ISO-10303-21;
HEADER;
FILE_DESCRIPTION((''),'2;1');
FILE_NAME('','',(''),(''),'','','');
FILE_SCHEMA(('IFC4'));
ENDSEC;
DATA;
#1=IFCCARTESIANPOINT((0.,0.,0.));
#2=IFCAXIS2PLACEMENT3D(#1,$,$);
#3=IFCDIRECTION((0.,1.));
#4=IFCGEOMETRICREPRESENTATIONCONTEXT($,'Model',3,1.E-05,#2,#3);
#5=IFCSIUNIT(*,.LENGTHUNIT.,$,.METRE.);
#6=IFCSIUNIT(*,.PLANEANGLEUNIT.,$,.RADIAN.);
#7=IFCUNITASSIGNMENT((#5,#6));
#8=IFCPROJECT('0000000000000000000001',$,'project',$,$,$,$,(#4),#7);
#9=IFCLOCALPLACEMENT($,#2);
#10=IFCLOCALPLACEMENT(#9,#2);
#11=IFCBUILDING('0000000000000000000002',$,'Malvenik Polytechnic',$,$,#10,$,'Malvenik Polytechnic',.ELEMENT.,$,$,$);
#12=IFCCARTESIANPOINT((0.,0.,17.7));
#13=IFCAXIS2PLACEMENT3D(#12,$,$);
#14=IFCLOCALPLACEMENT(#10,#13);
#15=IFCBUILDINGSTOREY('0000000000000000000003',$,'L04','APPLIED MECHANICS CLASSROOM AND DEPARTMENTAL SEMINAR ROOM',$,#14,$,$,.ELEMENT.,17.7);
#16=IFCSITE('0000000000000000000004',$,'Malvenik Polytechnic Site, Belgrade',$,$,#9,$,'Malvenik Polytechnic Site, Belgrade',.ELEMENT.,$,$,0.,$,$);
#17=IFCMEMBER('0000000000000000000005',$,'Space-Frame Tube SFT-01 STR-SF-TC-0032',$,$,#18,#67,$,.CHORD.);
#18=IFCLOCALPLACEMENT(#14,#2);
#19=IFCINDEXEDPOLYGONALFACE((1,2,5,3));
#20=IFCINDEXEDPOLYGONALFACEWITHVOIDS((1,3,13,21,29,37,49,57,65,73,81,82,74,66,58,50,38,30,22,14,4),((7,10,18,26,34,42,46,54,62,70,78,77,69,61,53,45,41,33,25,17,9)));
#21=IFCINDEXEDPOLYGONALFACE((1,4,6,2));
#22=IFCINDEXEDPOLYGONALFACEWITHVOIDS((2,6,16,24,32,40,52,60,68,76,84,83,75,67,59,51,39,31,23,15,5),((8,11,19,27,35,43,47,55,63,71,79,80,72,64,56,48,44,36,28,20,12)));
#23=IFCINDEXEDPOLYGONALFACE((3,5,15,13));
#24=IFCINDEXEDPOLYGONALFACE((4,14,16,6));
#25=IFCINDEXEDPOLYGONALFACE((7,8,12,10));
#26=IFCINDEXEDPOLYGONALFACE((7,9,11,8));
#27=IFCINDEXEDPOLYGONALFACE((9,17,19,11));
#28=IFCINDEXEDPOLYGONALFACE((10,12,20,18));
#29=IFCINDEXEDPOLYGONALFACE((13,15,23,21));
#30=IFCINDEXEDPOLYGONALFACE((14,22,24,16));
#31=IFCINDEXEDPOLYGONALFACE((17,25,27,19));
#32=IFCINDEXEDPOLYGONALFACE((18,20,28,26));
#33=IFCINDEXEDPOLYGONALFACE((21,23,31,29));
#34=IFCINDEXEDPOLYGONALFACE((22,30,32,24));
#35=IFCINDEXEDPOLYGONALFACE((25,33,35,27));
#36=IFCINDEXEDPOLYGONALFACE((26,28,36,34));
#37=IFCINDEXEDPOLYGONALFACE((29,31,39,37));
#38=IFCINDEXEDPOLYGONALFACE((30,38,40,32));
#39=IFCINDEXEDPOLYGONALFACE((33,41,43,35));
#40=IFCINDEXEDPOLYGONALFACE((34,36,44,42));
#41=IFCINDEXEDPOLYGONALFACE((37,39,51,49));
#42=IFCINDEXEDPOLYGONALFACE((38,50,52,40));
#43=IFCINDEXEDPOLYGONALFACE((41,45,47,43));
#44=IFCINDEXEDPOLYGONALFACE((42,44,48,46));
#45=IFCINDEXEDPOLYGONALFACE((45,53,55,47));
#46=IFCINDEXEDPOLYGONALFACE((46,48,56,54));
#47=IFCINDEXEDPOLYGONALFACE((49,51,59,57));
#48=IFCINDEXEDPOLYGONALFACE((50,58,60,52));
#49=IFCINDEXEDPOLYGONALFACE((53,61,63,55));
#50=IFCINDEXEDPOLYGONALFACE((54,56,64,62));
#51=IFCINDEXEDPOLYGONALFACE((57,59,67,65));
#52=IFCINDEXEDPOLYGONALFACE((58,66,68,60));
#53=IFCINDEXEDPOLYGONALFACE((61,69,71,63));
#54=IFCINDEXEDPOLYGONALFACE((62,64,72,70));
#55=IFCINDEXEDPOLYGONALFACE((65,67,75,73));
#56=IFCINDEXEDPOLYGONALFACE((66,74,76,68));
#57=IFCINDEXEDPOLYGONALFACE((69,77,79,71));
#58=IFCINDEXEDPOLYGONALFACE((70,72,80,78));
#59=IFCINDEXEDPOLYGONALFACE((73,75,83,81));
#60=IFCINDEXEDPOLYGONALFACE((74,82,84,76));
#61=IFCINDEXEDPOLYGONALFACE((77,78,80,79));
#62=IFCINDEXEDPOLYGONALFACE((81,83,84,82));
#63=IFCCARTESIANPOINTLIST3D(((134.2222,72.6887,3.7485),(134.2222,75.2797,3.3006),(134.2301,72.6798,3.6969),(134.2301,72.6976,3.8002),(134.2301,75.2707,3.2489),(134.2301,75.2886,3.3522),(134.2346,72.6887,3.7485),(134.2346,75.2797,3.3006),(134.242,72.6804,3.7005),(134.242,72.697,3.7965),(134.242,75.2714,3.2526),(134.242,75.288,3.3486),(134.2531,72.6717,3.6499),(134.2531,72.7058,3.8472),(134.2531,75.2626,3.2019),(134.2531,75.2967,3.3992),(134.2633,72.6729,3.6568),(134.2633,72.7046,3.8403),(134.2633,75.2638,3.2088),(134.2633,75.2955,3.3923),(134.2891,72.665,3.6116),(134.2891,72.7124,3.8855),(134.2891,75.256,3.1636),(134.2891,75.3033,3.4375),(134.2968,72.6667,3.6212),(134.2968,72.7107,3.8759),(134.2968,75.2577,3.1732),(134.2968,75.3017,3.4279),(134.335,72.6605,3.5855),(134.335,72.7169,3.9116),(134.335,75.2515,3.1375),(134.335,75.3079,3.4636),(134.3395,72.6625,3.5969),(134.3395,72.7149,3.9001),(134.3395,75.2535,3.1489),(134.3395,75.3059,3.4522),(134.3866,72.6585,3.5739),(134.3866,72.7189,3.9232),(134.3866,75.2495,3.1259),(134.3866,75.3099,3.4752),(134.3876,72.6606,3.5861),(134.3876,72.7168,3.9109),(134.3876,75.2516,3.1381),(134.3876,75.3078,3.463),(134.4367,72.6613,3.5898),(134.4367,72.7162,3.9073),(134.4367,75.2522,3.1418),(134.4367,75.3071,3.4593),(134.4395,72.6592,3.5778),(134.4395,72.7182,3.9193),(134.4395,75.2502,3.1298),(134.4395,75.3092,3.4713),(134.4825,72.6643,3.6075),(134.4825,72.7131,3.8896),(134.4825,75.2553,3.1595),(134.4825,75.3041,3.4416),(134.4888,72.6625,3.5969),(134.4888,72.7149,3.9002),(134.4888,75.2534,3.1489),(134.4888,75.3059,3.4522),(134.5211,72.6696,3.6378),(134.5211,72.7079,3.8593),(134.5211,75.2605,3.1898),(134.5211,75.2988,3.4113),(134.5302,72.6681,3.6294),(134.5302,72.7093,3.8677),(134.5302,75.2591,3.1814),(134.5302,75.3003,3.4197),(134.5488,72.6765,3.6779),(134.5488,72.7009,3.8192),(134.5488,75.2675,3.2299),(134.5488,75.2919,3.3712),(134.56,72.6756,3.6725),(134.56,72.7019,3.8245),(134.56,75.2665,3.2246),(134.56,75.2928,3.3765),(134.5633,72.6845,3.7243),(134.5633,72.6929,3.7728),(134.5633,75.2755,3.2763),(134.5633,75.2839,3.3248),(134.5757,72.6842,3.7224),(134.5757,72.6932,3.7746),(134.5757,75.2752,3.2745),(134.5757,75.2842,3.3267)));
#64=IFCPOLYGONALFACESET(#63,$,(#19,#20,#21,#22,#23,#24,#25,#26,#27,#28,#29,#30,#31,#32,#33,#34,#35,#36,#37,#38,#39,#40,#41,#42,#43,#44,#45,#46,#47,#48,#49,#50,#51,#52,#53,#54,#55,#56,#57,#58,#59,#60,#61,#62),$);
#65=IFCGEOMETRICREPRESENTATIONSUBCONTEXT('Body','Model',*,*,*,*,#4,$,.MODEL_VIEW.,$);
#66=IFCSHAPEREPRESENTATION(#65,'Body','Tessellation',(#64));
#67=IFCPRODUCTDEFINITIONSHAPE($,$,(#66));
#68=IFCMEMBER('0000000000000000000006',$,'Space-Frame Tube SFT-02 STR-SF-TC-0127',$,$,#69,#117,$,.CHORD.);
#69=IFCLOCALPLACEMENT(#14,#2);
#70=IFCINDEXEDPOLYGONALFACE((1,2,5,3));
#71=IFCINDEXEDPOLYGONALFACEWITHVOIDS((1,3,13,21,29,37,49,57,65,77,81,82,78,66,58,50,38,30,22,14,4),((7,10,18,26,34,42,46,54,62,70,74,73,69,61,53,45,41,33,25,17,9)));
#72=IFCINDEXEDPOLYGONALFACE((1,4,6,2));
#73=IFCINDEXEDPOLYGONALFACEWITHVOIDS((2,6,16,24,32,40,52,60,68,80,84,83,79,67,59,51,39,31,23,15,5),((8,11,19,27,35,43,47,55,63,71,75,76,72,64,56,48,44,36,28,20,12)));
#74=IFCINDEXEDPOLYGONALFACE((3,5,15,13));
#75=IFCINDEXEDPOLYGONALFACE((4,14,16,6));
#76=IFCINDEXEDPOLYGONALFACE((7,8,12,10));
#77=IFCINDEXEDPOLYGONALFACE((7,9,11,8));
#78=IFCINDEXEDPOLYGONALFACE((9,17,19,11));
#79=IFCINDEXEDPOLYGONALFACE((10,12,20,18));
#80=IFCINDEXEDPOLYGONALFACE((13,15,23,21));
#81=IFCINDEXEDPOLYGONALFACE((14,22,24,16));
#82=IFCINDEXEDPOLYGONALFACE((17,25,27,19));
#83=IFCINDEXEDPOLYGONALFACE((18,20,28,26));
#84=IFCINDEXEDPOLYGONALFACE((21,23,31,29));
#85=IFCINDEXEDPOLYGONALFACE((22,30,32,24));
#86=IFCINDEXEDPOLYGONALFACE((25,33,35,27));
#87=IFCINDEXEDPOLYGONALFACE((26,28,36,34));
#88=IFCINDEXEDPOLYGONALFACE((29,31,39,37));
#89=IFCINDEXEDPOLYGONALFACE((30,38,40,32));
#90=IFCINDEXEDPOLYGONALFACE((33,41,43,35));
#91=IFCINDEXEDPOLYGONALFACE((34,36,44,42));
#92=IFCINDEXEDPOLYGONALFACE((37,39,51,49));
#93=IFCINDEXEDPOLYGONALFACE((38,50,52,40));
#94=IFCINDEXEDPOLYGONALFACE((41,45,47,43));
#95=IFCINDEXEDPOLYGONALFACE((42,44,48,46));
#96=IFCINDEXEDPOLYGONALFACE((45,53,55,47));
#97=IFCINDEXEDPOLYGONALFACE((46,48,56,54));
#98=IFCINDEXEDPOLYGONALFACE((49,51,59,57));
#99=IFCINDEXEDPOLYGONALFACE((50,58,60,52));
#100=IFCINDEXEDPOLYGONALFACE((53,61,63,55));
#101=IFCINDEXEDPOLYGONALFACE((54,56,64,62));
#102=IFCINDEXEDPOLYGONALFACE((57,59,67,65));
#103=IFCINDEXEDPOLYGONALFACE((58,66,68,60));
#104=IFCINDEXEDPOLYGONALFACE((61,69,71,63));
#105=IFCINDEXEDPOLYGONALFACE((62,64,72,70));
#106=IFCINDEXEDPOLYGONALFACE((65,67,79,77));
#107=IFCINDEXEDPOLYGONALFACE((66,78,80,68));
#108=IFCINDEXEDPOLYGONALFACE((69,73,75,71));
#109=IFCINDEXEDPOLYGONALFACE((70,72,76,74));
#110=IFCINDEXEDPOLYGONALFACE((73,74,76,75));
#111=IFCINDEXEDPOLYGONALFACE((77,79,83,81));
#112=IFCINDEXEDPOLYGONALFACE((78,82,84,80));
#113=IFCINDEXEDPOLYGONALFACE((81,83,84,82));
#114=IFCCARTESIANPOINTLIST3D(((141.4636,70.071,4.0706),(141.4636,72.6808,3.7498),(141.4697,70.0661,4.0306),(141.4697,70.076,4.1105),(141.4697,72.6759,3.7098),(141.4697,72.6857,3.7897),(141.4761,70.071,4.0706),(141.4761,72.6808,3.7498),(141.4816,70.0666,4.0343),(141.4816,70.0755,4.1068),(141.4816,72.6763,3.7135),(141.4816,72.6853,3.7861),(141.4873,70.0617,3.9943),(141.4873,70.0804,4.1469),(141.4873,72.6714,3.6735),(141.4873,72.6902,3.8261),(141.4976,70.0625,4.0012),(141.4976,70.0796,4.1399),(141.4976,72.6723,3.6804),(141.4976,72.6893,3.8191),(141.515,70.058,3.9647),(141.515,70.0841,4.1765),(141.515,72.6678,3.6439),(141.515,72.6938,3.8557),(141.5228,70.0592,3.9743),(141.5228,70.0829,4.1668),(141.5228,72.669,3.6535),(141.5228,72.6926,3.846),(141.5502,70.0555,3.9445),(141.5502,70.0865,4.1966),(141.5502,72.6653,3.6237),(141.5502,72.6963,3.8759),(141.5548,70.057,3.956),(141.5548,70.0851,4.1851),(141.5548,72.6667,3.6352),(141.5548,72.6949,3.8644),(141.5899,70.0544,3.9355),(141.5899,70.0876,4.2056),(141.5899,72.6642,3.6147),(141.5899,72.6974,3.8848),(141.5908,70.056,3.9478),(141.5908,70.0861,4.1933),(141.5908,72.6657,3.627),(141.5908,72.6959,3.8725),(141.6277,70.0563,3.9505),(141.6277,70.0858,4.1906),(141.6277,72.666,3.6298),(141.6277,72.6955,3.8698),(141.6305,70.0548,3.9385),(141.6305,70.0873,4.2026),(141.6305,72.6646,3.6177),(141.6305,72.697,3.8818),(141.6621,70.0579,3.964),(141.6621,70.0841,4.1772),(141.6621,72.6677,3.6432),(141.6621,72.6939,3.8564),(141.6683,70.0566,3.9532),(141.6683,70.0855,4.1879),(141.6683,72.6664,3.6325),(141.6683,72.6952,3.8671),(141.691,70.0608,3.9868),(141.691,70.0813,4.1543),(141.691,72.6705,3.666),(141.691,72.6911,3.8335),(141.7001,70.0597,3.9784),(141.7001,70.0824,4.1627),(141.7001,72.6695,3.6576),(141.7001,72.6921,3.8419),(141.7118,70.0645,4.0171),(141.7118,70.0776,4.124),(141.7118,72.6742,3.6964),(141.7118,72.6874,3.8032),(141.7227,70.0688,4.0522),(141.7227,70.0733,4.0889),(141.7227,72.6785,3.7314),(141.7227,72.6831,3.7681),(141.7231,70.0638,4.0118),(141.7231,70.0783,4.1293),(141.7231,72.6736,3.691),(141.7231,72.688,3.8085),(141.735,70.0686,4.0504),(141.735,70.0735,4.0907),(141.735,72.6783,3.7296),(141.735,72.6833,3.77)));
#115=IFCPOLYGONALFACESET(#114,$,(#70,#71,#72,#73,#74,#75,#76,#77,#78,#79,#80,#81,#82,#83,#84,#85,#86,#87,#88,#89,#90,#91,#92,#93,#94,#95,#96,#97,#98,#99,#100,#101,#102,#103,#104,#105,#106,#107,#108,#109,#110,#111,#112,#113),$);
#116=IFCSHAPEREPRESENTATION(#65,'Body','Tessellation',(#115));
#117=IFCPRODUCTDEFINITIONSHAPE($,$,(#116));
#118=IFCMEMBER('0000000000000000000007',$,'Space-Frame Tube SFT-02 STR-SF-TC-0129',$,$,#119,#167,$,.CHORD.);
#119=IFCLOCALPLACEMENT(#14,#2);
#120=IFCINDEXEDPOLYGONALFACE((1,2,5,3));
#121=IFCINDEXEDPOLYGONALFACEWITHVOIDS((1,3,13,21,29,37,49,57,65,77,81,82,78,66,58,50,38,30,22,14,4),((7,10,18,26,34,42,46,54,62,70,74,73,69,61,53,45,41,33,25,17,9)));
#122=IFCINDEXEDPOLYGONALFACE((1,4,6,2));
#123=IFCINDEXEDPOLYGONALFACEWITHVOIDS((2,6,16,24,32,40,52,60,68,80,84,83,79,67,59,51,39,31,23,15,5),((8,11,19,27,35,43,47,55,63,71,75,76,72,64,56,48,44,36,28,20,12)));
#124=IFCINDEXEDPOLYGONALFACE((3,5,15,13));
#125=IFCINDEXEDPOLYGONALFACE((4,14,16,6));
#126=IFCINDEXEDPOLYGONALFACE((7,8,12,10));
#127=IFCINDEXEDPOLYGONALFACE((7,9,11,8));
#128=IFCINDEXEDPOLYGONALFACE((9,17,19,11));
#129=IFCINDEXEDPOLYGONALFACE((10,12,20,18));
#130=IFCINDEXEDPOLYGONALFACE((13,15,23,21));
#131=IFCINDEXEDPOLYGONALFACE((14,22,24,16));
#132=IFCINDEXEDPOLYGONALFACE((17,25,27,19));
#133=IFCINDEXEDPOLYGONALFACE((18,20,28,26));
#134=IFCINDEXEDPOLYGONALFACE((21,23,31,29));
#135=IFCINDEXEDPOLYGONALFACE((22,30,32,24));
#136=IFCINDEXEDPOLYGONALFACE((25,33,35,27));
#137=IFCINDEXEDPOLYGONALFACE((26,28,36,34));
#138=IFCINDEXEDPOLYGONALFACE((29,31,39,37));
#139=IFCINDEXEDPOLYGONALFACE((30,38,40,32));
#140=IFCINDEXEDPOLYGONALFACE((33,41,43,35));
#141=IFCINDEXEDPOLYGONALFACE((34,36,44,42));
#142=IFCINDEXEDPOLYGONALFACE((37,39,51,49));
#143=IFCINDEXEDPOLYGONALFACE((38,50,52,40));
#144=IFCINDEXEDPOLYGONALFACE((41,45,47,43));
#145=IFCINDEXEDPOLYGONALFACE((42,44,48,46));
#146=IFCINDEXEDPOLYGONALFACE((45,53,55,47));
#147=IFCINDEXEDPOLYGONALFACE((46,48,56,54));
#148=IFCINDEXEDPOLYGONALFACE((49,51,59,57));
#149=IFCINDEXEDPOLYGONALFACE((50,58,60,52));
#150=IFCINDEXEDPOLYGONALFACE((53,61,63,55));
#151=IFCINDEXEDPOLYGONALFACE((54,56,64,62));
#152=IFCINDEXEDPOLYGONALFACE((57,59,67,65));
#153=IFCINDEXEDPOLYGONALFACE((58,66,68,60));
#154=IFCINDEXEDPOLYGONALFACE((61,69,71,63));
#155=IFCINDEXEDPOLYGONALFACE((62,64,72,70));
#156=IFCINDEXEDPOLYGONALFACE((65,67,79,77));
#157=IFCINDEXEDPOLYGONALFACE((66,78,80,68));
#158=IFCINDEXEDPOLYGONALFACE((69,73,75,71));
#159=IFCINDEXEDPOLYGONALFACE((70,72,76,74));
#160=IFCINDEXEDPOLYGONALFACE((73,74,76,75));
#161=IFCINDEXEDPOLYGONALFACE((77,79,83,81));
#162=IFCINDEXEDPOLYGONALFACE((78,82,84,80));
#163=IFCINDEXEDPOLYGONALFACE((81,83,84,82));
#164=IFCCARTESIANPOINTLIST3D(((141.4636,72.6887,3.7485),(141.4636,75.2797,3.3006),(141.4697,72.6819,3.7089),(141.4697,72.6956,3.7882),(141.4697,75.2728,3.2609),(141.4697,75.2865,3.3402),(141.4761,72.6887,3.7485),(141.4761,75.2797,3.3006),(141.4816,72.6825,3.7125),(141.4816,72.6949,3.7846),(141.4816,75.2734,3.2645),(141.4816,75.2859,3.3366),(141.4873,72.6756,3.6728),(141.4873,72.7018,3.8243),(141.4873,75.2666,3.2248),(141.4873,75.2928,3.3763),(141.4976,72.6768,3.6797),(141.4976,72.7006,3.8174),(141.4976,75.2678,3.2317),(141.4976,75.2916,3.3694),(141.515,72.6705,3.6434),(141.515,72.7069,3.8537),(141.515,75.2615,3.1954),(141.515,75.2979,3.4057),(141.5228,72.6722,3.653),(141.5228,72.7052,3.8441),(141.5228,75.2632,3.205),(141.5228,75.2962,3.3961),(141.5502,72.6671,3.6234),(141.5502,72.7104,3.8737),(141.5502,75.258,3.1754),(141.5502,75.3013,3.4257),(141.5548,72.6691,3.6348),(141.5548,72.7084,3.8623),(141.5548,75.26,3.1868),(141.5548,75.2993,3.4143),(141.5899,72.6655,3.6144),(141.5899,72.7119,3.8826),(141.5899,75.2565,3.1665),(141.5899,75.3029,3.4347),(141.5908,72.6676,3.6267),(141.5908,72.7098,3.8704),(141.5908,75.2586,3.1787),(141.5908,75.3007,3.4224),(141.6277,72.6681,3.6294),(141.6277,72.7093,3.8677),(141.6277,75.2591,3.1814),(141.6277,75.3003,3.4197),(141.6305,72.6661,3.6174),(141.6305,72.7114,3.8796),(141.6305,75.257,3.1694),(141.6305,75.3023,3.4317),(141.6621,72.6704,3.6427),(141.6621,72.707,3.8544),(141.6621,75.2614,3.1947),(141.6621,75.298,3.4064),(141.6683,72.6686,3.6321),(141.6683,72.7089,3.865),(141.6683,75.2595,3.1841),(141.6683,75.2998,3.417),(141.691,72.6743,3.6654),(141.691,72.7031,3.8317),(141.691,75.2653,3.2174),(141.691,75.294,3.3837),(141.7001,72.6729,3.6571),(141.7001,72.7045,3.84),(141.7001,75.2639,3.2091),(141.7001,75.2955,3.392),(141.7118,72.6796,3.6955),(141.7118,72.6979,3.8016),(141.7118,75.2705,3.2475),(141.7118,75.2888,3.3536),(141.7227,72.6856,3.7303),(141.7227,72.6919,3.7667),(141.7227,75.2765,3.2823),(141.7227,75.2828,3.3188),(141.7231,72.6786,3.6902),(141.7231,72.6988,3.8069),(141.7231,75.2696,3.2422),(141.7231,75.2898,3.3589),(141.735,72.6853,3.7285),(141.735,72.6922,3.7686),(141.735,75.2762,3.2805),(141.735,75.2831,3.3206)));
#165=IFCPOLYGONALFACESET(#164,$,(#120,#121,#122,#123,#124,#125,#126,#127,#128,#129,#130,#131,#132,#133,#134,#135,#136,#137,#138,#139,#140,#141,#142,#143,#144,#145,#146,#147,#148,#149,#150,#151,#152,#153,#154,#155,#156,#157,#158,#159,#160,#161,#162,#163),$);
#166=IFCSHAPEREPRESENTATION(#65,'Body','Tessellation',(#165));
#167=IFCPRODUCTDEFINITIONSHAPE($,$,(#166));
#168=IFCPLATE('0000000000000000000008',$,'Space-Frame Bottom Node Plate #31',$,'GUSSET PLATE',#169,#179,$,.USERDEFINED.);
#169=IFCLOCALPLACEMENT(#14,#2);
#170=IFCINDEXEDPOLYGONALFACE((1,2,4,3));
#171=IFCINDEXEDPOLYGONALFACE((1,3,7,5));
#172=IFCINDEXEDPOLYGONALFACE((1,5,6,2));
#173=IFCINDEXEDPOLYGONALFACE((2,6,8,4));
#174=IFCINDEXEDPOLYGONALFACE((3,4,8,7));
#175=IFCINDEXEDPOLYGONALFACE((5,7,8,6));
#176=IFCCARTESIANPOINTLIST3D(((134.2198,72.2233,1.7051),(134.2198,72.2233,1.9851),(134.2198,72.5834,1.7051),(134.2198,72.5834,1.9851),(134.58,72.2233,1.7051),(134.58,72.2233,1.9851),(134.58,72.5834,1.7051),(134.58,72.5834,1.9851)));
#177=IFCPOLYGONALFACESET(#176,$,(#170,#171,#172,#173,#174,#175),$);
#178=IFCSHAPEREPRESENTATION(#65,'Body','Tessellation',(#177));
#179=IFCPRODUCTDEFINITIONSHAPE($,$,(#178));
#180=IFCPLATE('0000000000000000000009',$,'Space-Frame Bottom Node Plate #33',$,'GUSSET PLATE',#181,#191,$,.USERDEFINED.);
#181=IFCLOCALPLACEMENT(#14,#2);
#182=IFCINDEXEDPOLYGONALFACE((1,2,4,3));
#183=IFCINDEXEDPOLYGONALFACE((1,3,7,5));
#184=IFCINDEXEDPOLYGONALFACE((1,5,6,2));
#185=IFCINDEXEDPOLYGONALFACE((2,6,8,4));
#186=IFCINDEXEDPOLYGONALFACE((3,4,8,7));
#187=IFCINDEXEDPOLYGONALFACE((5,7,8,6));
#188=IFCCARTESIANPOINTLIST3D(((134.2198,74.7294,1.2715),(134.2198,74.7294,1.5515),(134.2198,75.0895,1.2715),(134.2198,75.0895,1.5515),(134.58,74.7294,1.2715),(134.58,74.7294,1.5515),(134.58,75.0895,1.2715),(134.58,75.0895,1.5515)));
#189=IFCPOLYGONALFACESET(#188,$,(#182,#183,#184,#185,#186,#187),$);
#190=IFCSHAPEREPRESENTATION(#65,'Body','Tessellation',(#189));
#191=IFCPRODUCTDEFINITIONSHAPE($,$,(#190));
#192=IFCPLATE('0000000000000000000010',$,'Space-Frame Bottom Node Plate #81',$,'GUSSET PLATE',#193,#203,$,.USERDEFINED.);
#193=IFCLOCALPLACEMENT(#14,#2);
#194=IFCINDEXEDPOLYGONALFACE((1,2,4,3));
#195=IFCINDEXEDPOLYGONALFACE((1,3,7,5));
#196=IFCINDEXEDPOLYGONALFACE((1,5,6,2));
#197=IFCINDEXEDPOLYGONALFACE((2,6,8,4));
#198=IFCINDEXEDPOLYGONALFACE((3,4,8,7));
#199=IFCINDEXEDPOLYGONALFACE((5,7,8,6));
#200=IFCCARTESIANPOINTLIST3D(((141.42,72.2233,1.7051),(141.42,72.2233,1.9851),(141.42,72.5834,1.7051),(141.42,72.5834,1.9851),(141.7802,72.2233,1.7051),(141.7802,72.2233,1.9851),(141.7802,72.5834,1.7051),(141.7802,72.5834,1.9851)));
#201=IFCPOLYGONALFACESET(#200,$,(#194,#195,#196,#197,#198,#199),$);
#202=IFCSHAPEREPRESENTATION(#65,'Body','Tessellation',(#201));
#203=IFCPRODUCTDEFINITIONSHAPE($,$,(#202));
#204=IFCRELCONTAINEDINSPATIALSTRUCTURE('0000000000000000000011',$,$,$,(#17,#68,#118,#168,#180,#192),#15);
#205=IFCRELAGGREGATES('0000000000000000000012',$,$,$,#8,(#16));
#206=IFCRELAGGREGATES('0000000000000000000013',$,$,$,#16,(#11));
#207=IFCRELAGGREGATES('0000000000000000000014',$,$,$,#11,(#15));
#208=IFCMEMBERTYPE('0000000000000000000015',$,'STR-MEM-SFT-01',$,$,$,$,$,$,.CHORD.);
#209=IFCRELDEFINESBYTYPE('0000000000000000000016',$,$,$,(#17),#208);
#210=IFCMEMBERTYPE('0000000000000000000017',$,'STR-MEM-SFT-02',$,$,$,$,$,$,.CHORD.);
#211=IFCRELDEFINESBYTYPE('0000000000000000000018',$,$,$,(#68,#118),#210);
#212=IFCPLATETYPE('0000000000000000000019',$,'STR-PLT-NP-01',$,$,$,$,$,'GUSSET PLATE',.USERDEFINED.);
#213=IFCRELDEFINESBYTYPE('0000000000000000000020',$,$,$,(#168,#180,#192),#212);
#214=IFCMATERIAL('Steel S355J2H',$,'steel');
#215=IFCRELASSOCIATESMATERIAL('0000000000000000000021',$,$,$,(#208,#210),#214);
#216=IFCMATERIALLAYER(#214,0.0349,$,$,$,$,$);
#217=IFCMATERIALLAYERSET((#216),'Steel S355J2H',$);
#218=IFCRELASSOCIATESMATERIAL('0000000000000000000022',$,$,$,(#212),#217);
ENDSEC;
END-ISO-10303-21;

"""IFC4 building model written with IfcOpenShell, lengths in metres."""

from ifc_helpers import new_model, si_unit, direction, frame, origin, origin_2d, place, context, subcontext, project, spatial, rectangle, hollow_circle, extrude, material, layer, layer_set, material_profile, profile_set, type_object, element, save


model = new_model("IFC4")

# Units and contexts
model_context = context("Model", 3, precision=1e-05, world=origin(), true_north=direction((0.0, 1.0)))
body_context = subcontext(model_context, "Body", "Model", "MODEL_VIEW")
ifc_project = project(units=[si_unit("LENGTHUNIT", "METRE"), si_unit("PLANEANGLEUNIT", "RADIAN")], contexts=[model_context])

# Site, building, storey
site_placement = place(None, origin())
site = spatial("IfcSite", under=ifc_project, at=site_placement, Name="Malvenik Polytechnic Site, Belgrade", LongName="Malvenik Polytechnic Site, Belgrade", CompositionType="ELEMENT", RefElevation=0.0)
building_placement = place(site_placement, origin())
building = spatial("IfcBuilding", under=site, at=building_placement, Name="Malvenik Polytechnic", LongName="Malvenik Polytechnic", CompositionType="ELEMENT")
storey_placement = place(building_placement, frame((0.0, 0.0, 17.7)))
storey = spatial("IfcBuildingStorey", under=building, at=storey_placement, Name="L04", Description="APPLIED MECHANICS CLASSROOM AND DEPARTMENTAL SEMINAR ROOM", CompositionType="ELEMENT", Elevation=17.7)

# Members
ifc_material_1 = material(Name="Steel S355J2H", Category="steel")
ifc_material_profile_1 = material_profile(ifc_material_1, hollow_circle(Radius=0.1777, WallThickness=0.0125, at=origin_2d()), Name="CHS 355.6x12.5")
ifc_profile_set_1 = profile_set([ifc_material_profile_1], Name="Steel S355J2H")
member_type_1 = type_object("IfcMemberType", Name="STR-MEM-SFT-01", PredefinedType="CHORD", material=ifc_profile_set_1)
for number, where, z_axis, x_axis, name in (
    (1, (134.3999, 72.6887, 3.7485), (0.0, 0.98538, -0.170373), (-1.0, 0.0, 0.0), "Space-Frame Tube SFT-01 STR-SF-TC-0032"),
):
    element("IfcMember", number, at=place(storey_placement, frame(where, z_axis=z_axis, x_axis=x_axis)), inside=storey, type_object=member_type_1, Name=name, PredefinedType="CHORD", context=body_context, shape_type="SweptSolid", body=[
        extrude(hollow_circle(Radius=0.1777, WallThickness=0.0125, at=origin_2d()), origin(), (0.0, 0.0, 1.0), 2.6294),
    ])
ifc_material_profile_2 = material_profile(ifc_material_1, hollow_circle(Radius=0.1365, WallThickness=0.0125, at=origin_2d()), Name="CHS 273.0x12.5")
ifc_profile_set_2 = profile_set([ifc_material_profile_2], Name="Steel S355J2H")
member_type_2 = type_object("IfcMemberType", Name="STR-MEM-SFT-02", PredefinedType="CHORD", material=ifc_profile_set_2)
for number, where, z_axis, x_axis, name in (
    (2, (141.6001, 70.071, 4.0706), (0.0, 0.99253, -0.122), (-1.0, 0.0, 0.0), "Space-Frame Tube SFT-02 STR-SF-TC-0127"),
    (3, (141.6001, 72.6887, 3.7485), (0.0, 0.98538, -0.170373), (-1.0, 0.0, 0.0), "Space-Frame Tube SFT-02 STR-SF-TC-0129"),
):
    element("IfcMember", number, at=place(storey_placement, frame(where, z_axis=z_axis, x_axis=x_axis)), inside=storey, type_object=member_type_2, Name=name, PredefinedType="CHORD", context=body_context, shape_type="SweptSolid", body=[
        extrude(hollow_circle(Radius=0.1365, WallThickness=0.0125, at=origin_2d()), origin(), (0.0, 0.0, 1.0), 2.6294),
    ])

# Plates
ifc_layer_1 = layer(ifc_material_1, 0.0349)
ifc_layer_set_1 = layer_set([ifc_layer_1], Name="Steel S355J2H")
plate_type_1 = type_object("IfcPlateType", Name="STR-PLT-NP-01", ElementType="GUSSET PLATE", PredefinedType="USERDEFINED", material=ifc_layer_set_1)
for number, where, z_axis, x_axis, name in (
    (4, (134.3999, 72.4033, 1.7051), (0.0, 0.0, 1.0), (1.0, 0.0, 0.0), "Space-Frame Bottom Node Plate #31"),
    (5, (134.3999, 74.9094, 1.2715), (0.0, 0.0, 1.0), (1.0, 0.0, 0.0), "Space-Frame Bottom Node Plate #33"),
    (6, (141.6001, 72.4033, 1.7051), (0.0, 0.0, 1.0), (1.0, 0.0, 0.0), "Space-Frame Bottom Node Plate #81"),
):
    element("IfcPlate", number, at=place(storey_placement, frame(where, z_axis=z_axis, x_axis=x_axis)), inside=storey, type_object=plate_type_1, Name=name, ObjectType="GUSSET PLATE", PredefinedType="USERDEFINED", context=body_context, shape_type="SweptSolid", body=[
        extrude(rectangle(XDim=0.3601, YDim=0.3601, at=origin_2d()), origin(), (0.0, 0.0, 1.0), 0.28),
    ])

save(model, "model.ifc")
